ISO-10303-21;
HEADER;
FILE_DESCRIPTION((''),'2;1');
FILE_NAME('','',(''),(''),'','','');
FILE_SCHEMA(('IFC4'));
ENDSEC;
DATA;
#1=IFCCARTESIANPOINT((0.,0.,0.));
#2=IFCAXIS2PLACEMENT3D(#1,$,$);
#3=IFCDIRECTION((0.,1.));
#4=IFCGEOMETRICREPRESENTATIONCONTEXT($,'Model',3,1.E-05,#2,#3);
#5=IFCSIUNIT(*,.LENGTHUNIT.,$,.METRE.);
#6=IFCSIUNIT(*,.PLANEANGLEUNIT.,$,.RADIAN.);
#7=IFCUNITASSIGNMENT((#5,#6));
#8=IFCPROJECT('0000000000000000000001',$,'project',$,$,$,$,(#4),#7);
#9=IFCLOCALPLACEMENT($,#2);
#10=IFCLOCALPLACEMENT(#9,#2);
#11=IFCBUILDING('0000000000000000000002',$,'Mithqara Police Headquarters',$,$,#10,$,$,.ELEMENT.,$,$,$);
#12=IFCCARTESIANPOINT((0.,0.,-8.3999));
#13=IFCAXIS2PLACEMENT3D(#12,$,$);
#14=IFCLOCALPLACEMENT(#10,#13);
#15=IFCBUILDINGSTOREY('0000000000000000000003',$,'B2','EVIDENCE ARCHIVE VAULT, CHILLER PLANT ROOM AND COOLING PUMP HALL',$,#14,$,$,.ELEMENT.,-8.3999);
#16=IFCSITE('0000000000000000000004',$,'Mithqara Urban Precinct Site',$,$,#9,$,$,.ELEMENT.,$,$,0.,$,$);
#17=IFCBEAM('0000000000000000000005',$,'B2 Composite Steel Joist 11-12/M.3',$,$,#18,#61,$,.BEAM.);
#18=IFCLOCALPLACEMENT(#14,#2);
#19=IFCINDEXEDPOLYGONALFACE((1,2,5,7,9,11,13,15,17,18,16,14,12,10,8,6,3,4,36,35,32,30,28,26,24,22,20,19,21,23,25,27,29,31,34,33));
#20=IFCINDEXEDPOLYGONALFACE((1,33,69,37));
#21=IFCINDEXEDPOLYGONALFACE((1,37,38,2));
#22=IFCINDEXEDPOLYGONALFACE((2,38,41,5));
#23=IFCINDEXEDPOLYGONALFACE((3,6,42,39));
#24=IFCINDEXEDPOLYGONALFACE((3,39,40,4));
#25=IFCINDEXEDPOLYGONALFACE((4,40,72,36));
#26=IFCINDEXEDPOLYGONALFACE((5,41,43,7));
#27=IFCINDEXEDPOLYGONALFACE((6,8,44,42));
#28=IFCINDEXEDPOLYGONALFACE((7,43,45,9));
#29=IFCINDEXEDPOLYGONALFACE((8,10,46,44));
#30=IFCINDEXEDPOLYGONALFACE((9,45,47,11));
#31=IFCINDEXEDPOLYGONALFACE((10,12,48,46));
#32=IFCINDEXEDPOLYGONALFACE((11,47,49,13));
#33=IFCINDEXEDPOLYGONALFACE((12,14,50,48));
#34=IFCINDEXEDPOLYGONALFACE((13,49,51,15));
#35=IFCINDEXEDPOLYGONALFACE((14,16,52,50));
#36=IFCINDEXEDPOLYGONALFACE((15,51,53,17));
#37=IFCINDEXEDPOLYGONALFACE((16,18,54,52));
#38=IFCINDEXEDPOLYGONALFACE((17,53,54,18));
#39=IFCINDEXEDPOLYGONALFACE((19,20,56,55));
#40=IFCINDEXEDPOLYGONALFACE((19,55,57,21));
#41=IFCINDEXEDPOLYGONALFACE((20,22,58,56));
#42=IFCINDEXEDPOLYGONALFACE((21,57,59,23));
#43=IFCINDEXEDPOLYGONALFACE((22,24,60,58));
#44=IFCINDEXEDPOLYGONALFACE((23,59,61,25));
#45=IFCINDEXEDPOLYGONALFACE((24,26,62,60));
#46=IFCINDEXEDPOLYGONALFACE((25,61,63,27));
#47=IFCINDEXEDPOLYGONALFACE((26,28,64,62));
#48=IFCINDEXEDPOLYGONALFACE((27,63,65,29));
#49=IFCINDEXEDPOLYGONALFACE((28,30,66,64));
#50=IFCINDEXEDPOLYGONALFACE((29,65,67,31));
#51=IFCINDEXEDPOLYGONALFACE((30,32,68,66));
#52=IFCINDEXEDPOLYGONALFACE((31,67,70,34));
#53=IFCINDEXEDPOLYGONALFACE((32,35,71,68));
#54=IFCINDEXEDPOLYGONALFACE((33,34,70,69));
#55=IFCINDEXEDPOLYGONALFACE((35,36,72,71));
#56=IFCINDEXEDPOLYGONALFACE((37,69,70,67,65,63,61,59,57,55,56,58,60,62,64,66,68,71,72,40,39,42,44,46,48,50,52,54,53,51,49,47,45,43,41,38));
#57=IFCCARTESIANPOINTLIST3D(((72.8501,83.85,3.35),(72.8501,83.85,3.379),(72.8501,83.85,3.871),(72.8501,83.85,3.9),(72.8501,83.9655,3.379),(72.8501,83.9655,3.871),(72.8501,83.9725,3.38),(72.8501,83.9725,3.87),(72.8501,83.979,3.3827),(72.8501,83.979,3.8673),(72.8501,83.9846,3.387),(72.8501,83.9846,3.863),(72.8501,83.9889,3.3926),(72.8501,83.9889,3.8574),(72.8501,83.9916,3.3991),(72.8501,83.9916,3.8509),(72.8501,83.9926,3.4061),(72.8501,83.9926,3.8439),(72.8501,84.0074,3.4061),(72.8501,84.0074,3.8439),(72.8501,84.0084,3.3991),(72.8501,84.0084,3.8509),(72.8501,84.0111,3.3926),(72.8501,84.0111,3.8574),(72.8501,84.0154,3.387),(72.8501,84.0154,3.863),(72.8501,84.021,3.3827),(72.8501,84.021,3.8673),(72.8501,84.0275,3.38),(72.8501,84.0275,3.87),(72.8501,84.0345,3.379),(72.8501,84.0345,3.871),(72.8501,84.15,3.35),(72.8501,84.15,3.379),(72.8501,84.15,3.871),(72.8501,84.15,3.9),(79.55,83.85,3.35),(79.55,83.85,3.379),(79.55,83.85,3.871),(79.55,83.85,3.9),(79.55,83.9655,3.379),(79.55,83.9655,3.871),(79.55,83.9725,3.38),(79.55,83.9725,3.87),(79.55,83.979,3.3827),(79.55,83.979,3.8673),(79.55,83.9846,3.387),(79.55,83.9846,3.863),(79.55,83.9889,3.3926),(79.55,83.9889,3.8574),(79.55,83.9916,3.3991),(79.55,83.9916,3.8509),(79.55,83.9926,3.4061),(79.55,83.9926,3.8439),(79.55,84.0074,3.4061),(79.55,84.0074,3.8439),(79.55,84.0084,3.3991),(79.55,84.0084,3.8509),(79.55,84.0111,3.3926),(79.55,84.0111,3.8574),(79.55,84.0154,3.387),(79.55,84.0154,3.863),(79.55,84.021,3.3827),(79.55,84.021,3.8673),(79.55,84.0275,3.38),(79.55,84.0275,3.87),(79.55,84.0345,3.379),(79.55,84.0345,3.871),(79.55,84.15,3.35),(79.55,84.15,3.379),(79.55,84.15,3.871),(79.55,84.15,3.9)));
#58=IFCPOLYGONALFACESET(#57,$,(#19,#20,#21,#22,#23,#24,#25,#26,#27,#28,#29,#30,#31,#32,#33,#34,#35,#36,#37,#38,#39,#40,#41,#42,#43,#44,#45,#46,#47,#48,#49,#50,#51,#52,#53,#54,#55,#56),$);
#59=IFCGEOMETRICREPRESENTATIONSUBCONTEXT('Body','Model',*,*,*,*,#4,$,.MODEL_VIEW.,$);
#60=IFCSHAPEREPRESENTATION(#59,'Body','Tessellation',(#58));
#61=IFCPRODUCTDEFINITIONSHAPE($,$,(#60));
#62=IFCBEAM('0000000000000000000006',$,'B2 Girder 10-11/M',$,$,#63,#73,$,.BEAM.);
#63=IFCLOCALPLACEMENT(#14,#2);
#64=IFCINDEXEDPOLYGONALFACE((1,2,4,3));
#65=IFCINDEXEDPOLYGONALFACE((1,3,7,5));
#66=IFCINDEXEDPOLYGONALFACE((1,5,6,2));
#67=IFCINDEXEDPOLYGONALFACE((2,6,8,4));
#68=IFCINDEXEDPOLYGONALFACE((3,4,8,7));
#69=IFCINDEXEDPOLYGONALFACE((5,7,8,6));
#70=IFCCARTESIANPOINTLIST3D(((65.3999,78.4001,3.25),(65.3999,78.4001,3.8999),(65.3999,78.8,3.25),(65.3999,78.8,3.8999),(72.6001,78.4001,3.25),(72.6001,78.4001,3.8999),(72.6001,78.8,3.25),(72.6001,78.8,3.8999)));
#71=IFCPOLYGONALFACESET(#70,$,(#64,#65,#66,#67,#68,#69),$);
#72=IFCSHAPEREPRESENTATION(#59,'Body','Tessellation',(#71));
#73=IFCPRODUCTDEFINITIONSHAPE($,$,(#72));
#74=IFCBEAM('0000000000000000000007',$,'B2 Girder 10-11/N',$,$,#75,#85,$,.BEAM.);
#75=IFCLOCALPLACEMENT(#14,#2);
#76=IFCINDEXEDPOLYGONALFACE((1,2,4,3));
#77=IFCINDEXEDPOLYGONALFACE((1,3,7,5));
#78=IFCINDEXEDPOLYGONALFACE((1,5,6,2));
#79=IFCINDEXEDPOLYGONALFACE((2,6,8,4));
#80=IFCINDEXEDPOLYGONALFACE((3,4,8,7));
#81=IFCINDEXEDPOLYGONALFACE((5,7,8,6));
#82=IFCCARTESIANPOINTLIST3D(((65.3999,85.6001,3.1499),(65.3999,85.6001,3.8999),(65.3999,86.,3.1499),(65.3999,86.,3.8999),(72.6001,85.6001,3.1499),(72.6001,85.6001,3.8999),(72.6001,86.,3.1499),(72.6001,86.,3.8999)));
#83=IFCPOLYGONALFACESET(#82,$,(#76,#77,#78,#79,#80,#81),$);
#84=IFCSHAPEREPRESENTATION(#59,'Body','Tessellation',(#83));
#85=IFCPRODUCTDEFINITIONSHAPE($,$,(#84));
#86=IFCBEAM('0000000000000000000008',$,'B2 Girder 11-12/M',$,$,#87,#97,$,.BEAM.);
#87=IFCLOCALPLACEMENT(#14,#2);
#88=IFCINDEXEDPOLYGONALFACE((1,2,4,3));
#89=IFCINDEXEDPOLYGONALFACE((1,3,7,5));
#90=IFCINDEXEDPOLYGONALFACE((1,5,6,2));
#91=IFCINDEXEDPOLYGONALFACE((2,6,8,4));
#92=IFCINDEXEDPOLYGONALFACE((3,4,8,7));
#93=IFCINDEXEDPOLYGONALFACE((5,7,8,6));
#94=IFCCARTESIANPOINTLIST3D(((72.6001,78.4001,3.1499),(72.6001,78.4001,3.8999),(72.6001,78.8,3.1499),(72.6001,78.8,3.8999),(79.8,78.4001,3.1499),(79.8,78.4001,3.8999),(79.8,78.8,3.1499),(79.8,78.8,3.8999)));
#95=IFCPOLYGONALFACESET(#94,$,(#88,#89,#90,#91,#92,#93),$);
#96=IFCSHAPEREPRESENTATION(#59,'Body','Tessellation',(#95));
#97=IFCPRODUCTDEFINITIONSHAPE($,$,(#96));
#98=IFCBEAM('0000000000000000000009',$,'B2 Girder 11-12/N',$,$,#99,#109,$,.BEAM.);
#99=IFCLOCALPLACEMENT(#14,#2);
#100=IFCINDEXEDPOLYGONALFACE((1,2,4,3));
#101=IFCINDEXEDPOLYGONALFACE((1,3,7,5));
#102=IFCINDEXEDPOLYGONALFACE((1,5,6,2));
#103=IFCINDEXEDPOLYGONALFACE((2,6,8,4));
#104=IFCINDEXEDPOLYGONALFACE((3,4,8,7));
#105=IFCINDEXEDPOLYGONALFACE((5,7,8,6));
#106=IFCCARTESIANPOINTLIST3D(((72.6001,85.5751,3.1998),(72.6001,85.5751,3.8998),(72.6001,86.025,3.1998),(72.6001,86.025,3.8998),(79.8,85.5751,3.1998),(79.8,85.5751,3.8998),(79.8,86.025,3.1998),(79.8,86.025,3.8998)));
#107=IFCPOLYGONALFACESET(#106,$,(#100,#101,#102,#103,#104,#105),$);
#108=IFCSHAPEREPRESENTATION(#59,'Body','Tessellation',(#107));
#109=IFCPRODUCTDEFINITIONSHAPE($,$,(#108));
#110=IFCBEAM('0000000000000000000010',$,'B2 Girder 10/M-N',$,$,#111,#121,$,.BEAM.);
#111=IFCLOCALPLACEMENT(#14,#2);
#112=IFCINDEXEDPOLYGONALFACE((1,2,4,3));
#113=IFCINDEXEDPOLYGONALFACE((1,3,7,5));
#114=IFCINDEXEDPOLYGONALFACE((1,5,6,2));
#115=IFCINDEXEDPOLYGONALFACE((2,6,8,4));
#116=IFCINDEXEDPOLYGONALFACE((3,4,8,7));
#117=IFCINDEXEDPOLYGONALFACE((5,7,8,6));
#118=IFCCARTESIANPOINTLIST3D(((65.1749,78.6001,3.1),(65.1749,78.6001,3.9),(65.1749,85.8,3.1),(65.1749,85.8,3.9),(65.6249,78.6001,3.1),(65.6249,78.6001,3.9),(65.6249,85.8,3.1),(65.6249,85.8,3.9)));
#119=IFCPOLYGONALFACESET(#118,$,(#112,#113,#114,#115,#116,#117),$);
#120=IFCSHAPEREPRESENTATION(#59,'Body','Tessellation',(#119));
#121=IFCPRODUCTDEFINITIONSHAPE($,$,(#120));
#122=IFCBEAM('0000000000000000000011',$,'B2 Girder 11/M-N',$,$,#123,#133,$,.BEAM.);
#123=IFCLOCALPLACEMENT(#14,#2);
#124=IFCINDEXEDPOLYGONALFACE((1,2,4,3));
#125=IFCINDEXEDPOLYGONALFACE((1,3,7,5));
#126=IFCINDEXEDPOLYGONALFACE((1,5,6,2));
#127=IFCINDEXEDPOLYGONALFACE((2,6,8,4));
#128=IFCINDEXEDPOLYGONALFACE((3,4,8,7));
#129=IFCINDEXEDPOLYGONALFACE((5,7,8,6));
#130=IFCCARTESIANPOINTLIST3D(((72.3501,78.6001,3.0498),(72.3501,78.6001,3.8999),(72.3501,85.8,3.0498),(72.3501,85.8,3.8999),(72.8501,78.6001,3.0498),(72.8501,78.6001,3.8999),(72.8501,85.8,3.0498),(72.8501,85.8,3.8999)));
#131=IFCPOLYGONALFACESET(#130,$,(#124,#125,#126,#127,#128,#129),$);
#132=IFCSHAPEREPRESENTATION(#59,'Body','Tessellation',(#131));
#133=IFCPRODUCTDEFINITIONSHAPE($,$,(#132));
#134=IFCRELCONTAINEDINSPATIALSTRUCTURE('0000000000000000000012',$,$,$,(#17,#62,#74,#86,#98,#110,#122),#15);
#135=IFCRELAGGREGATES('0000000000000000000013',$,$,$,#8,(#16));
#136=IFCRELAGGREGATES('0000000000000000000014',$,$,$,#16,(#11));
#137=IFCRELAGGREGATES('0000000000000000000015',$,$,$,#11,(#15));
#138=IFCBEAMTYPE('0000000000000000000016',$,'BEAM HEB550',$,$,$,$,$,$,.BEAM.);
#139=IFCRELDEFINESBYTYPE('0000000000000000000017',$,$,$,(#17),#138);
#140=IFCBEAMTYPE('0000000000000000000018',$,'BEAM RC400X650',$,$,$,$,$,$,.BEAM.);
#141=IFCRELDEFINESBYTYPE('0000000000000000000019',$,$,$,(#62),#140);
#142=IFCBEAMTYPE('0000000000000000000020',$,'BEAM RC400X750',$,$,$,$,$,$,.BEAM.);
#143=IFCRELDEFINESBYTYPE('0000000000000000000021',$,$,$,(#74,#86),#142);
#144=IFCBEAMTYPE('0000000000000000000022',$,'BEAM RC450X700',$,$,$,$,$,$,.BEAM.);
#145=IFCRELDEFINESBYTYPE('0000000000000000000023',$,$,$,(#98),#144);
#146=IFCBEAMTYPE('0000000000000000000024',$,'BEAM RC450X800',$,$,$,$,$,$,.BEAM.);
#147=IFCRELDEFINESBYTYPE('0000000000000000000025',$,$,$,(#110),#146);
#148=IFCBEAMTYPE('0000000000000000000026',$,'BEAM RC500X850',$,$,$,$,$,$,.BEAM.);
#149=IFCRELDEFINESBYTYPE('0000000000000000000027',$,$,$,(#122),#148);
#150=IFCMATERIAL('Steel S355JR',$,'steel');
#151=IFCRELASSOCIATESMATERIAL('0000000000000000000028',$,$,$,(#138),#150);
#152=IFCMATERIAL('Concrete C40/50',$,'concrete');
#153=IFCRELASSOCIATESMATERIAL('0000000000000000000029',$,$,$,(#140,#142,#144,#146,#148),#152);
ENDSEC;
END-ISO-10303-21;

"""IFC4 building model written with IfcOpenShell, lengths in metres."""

from ifc_helpers import new_model, si_unit, direction, frame, origin, origin_2d, place, context, subcontext, project, spatial, rectangle, i_section, extrude, material, material_profile, profile_set, type_object, element, save


model = new_model("IFC4")

# Units and contexts
model_context = context("Model", 3, precision=1e-05, world=origin(), true_north=direction((0.0, 1.0)))
body_context = subcontext(model_context, "Body", "Model", "MODEL_VIEW")
ifc_project = project(units=[si_unit("LENGTHUNIT", "METRE"), si_unit("PLANEANGLEUNIT", "RADIAN")], contexts=[model_context])

# Site, building, storey
site_placement = place(None, origin())
site = spatial("IfcSite", under=ifc_project, at=site_placement, Name="Mithqara Urban Precinct Site", CompositionType="ELEMENT", RefElevation=0.0)
building_placement = place(site_placement, origin())
building = spatial("IfcBuilding", under=site, at=building_placement, Name="Mithqara Police Headquarters", CompositionType="ELEMENT")
storey_placement = place(building_placement, frame((0.0, 0.0, -8.3999)))
storey = spatial("IfcBuildingStorey", under=building, at=storey_placement, Name="B2", Description="EVIDENCE ARCHIVE VAULT, CHILLER PLANT ROOM AND COOLING PUMP HALL", CompositionType="ELEMENT", Elevation=-8.3999)

# Shared definitions
ifc_material_1 = material(Name="Concrete C40/50", Category="concrete")

# Beams
ifc_material_2 = material(Name="Steel S355JR", Category="steel")
ifc_material_profile_1 = material_profile(ifc_material_2, i_section(OverallWidth=0.3, OverallDepth=0.55, WebThickness=0.0149, FlangeThickness=0.0291, FilletRadius=0.0271, at=origin_2d()), Name="HEB 550")
ifc_profile_set_1 = profile_set([ifc_material_profile_1], Name="Steel S355JR")
beam_type_1 = type_object("IfcBeamType", Name="BEAM HEB550", PredefinedType="BEAM", material=ifc_profile_set_1)
for number, where, z_axis, x_axis, name in (
    (1, (72.8501, 84.0, 3.625), (1.0, 0.0, 0.0), (0.0, 1.0, 0.0), "B2 Composite Steel Joist 11-12/M.3"),
):
    element("IfcBeam", number, at=place(storey_placement, frame(where, z_axis=z_axis, x_axis=x_axis)), inside=storey, type_object=beam_type_1, Name=name, PredefinedType="BEAM", context=body_context, shape_type="SweptSolid", body=[
        extrude(i_section(OverallWidth=0.3, OverallDepth=0.55, WebThickness=0.0149, FlangeThickness=0.0291, FilletRadius=0.0271, at=origin_2d()), origin(), (0.0, 0.0, 1.0), 6.7),
    ])
ifc_material_profile_2 = material_profile(ifc_material_1, rectangle(XDim=0.3999, YDim=0.6499, at=origin_2d()), Name="RC 400x650")
ifc_profile_set_2 = profile_set([ifc_material_profile_2], Name="Concrete C40/50")
beam_type_2 = type_object("IfcBeamType", Name="BEAM RC400X650", PredefinedType="BEAM", material=ifc_profile_set_2)
beam_1_placement = place(storey_placement, frame((65.3999, 78.6001, 3.575), z_axis=(1.0, 0.0, 0.0), x_axis=(0.0, 1.0, 0.0)))
element("IfcBeam", 2, at=beam_1_placement, inside=storey, type_object=beam_type_2, Name="B2 Girder 10-11/M", PredefinedType="BEAM", context=body_context, shape_type="SweptSolid", body=[
    extrude(rectangle(XDim=0.3999, YDim=0.6499, at=origin_2d()), origin(), (0.0, 0.0, 1.0), 7.2002),
])
ifc_material_profile_3 = material_profile(ifc_material_1, rectangle(XDim=0.3999, YDim=0.75, at=origin_2d()), Name="RC 400x750")
ifc_profile_set_3 = profile_set([ifc_material_profile_3], Name="Concrete C40/50")
beam_type_3 = type_object("IfcBeamType", Name="BEAM RC400X750", PredefinedType="BEAM", material=ifc_profile_set_3)
beam_2_placement = place(storey_placement, frame((65.3999, 85.8, 3.5249), z_axis=(1.0, 0.0, 0.0), x_axis=(0.0, 1.0, 0.0)))
element("IfcBeam", 3, at=beam_2_placement, inside=storey, type_object=beam_type_3, Name="B2 Girder 10-11/N", PredefinedType="BEAM", context=body_context, shape_type="SweptSolid", body=[
    extrude(rectangle(XDim=0.3999, YDim=0.75, at=origin_2d()), origin(), (0.0, 0.0, 1.0), 7.2002),
])
beam_3_placement = place(storey_placement, frame((72.6001, 78.6001, 3.5249), z_axis=(1.0, 0.0, 0.0), x_axis=(0.0, 1.0, 0.0)))
element("IfcBeam", 4, at=beam_3_placement, inside=storey, type_object=beam_type_3, Name="B2 Girder 11-12/M", PredefinedType="BEAM", context=body_context, shape_type="SweptSolid", body=[
    extrude(rectangle(XDim=0.3999, YDim=0.75, at=origin_2d()), origin(), (0.0, 0.0, 1.0), 7.2),
])
ifc_material_profile_4 = material_profile(ifc_material_1, rectangle(XDim=0.45, YDim=0.7, at=origin_2d()), Name="RC 450x700")
ifc_profile_set_4 = profile_set([ifc_material_profile_4], Name="Concrete C40/50")
beam_type_4 = type_object("IfcBeamType", Name="BEAM RC450X700", PredefinedType="BEAM", material=ifc_profile_set_4)
beam_4_placement = place(storey_placement, frame((72.6001, 85.8, 3.5498), z_axis=(1.0, 0.0, 0.0), x_axis=(0.0, 1.0, 0.0)))
element("IfcBeam", 5, at=beam_4_placement, inside=storey, type_object=beam_type_4, Name="B2 Girder 11-12/N", PredefinedType="BEAM", context=body_context, shape_type="SweptSolid", body=[
    extrude(rectangle(XDim=0.45, YDim=0.7, at=origin_2d()), origin(), (0.0, 0.0, 1.0), 7.2),
])
ifc_material_profile_5 = material_profile(ifc_material_1, rectangle(XDim=0.45, YDim=0.8, at=origin_2d()), Name="RC 450x800")
ifc_profile_set_5 = profile_set([ifc_material_profile_5], Name="Concrete C40/50")
beam_type_5 = type_object("IfcBeamType", Name="BEAM RC450X800", PredefinedType="BEAM", material=ifc_profile_set_5)
beam_5_placement = place(storey_placement, frame((65.3999, 78.6001, 3.5), z_axis=(0.0, 1.0, 0.0), x_axis=(-1.0, 0.0, 0.0)))
element("IfcBeam", 6, at=beam_5_placement, inside=storey, type_object=beam_type_5, Name="B2 Girder 10/M-N", PredefinedType="BEAM", context=body_context, shape_type="SweptSolid", body=[
    extrude(rectangle(XDim=0.45, YDim=0.8, at=origin_2d()), origin(), (0.0, 0.0, 1.0), 7.2),
])
ifc_material_profile_6 = material_profile(ifc_material_1, rectangle(XDim=0.5, YDim=0.8501, at=origin_2d()), Name="RC 500x850")
ifc_profile_set_6 = profile_set([ifc_material_profile_6], Name="Concrete C40/50")
beam_type_6 = type_object("IfcBeamType", Name="BEAM RC500X850", PredefinedType="BEAM", material=ifc_profile_set_6)
beam_6_placement = place(storey_placement, frame((72.6001, 78.6001, 3.4749), z_axis=(0.0, 1.0, 0.0), x_axis=(-1.0, 0.0, 0.0)))
element("IfcBeam", 7, at=beam_6_placement, inside=storey, type_object=beam_type_6, Name="B2 Girder 11/M-N", PredefinedType="BEAM", context=body_context, shape_type="SweptSolid", body=[
    extrude(rectangle(XDim=0.5, YDim=0.8501, at=origin_2d()), origin(), (0.0, 0.0, 1.0), 7.2),
])

save(model, "model.ifc")
